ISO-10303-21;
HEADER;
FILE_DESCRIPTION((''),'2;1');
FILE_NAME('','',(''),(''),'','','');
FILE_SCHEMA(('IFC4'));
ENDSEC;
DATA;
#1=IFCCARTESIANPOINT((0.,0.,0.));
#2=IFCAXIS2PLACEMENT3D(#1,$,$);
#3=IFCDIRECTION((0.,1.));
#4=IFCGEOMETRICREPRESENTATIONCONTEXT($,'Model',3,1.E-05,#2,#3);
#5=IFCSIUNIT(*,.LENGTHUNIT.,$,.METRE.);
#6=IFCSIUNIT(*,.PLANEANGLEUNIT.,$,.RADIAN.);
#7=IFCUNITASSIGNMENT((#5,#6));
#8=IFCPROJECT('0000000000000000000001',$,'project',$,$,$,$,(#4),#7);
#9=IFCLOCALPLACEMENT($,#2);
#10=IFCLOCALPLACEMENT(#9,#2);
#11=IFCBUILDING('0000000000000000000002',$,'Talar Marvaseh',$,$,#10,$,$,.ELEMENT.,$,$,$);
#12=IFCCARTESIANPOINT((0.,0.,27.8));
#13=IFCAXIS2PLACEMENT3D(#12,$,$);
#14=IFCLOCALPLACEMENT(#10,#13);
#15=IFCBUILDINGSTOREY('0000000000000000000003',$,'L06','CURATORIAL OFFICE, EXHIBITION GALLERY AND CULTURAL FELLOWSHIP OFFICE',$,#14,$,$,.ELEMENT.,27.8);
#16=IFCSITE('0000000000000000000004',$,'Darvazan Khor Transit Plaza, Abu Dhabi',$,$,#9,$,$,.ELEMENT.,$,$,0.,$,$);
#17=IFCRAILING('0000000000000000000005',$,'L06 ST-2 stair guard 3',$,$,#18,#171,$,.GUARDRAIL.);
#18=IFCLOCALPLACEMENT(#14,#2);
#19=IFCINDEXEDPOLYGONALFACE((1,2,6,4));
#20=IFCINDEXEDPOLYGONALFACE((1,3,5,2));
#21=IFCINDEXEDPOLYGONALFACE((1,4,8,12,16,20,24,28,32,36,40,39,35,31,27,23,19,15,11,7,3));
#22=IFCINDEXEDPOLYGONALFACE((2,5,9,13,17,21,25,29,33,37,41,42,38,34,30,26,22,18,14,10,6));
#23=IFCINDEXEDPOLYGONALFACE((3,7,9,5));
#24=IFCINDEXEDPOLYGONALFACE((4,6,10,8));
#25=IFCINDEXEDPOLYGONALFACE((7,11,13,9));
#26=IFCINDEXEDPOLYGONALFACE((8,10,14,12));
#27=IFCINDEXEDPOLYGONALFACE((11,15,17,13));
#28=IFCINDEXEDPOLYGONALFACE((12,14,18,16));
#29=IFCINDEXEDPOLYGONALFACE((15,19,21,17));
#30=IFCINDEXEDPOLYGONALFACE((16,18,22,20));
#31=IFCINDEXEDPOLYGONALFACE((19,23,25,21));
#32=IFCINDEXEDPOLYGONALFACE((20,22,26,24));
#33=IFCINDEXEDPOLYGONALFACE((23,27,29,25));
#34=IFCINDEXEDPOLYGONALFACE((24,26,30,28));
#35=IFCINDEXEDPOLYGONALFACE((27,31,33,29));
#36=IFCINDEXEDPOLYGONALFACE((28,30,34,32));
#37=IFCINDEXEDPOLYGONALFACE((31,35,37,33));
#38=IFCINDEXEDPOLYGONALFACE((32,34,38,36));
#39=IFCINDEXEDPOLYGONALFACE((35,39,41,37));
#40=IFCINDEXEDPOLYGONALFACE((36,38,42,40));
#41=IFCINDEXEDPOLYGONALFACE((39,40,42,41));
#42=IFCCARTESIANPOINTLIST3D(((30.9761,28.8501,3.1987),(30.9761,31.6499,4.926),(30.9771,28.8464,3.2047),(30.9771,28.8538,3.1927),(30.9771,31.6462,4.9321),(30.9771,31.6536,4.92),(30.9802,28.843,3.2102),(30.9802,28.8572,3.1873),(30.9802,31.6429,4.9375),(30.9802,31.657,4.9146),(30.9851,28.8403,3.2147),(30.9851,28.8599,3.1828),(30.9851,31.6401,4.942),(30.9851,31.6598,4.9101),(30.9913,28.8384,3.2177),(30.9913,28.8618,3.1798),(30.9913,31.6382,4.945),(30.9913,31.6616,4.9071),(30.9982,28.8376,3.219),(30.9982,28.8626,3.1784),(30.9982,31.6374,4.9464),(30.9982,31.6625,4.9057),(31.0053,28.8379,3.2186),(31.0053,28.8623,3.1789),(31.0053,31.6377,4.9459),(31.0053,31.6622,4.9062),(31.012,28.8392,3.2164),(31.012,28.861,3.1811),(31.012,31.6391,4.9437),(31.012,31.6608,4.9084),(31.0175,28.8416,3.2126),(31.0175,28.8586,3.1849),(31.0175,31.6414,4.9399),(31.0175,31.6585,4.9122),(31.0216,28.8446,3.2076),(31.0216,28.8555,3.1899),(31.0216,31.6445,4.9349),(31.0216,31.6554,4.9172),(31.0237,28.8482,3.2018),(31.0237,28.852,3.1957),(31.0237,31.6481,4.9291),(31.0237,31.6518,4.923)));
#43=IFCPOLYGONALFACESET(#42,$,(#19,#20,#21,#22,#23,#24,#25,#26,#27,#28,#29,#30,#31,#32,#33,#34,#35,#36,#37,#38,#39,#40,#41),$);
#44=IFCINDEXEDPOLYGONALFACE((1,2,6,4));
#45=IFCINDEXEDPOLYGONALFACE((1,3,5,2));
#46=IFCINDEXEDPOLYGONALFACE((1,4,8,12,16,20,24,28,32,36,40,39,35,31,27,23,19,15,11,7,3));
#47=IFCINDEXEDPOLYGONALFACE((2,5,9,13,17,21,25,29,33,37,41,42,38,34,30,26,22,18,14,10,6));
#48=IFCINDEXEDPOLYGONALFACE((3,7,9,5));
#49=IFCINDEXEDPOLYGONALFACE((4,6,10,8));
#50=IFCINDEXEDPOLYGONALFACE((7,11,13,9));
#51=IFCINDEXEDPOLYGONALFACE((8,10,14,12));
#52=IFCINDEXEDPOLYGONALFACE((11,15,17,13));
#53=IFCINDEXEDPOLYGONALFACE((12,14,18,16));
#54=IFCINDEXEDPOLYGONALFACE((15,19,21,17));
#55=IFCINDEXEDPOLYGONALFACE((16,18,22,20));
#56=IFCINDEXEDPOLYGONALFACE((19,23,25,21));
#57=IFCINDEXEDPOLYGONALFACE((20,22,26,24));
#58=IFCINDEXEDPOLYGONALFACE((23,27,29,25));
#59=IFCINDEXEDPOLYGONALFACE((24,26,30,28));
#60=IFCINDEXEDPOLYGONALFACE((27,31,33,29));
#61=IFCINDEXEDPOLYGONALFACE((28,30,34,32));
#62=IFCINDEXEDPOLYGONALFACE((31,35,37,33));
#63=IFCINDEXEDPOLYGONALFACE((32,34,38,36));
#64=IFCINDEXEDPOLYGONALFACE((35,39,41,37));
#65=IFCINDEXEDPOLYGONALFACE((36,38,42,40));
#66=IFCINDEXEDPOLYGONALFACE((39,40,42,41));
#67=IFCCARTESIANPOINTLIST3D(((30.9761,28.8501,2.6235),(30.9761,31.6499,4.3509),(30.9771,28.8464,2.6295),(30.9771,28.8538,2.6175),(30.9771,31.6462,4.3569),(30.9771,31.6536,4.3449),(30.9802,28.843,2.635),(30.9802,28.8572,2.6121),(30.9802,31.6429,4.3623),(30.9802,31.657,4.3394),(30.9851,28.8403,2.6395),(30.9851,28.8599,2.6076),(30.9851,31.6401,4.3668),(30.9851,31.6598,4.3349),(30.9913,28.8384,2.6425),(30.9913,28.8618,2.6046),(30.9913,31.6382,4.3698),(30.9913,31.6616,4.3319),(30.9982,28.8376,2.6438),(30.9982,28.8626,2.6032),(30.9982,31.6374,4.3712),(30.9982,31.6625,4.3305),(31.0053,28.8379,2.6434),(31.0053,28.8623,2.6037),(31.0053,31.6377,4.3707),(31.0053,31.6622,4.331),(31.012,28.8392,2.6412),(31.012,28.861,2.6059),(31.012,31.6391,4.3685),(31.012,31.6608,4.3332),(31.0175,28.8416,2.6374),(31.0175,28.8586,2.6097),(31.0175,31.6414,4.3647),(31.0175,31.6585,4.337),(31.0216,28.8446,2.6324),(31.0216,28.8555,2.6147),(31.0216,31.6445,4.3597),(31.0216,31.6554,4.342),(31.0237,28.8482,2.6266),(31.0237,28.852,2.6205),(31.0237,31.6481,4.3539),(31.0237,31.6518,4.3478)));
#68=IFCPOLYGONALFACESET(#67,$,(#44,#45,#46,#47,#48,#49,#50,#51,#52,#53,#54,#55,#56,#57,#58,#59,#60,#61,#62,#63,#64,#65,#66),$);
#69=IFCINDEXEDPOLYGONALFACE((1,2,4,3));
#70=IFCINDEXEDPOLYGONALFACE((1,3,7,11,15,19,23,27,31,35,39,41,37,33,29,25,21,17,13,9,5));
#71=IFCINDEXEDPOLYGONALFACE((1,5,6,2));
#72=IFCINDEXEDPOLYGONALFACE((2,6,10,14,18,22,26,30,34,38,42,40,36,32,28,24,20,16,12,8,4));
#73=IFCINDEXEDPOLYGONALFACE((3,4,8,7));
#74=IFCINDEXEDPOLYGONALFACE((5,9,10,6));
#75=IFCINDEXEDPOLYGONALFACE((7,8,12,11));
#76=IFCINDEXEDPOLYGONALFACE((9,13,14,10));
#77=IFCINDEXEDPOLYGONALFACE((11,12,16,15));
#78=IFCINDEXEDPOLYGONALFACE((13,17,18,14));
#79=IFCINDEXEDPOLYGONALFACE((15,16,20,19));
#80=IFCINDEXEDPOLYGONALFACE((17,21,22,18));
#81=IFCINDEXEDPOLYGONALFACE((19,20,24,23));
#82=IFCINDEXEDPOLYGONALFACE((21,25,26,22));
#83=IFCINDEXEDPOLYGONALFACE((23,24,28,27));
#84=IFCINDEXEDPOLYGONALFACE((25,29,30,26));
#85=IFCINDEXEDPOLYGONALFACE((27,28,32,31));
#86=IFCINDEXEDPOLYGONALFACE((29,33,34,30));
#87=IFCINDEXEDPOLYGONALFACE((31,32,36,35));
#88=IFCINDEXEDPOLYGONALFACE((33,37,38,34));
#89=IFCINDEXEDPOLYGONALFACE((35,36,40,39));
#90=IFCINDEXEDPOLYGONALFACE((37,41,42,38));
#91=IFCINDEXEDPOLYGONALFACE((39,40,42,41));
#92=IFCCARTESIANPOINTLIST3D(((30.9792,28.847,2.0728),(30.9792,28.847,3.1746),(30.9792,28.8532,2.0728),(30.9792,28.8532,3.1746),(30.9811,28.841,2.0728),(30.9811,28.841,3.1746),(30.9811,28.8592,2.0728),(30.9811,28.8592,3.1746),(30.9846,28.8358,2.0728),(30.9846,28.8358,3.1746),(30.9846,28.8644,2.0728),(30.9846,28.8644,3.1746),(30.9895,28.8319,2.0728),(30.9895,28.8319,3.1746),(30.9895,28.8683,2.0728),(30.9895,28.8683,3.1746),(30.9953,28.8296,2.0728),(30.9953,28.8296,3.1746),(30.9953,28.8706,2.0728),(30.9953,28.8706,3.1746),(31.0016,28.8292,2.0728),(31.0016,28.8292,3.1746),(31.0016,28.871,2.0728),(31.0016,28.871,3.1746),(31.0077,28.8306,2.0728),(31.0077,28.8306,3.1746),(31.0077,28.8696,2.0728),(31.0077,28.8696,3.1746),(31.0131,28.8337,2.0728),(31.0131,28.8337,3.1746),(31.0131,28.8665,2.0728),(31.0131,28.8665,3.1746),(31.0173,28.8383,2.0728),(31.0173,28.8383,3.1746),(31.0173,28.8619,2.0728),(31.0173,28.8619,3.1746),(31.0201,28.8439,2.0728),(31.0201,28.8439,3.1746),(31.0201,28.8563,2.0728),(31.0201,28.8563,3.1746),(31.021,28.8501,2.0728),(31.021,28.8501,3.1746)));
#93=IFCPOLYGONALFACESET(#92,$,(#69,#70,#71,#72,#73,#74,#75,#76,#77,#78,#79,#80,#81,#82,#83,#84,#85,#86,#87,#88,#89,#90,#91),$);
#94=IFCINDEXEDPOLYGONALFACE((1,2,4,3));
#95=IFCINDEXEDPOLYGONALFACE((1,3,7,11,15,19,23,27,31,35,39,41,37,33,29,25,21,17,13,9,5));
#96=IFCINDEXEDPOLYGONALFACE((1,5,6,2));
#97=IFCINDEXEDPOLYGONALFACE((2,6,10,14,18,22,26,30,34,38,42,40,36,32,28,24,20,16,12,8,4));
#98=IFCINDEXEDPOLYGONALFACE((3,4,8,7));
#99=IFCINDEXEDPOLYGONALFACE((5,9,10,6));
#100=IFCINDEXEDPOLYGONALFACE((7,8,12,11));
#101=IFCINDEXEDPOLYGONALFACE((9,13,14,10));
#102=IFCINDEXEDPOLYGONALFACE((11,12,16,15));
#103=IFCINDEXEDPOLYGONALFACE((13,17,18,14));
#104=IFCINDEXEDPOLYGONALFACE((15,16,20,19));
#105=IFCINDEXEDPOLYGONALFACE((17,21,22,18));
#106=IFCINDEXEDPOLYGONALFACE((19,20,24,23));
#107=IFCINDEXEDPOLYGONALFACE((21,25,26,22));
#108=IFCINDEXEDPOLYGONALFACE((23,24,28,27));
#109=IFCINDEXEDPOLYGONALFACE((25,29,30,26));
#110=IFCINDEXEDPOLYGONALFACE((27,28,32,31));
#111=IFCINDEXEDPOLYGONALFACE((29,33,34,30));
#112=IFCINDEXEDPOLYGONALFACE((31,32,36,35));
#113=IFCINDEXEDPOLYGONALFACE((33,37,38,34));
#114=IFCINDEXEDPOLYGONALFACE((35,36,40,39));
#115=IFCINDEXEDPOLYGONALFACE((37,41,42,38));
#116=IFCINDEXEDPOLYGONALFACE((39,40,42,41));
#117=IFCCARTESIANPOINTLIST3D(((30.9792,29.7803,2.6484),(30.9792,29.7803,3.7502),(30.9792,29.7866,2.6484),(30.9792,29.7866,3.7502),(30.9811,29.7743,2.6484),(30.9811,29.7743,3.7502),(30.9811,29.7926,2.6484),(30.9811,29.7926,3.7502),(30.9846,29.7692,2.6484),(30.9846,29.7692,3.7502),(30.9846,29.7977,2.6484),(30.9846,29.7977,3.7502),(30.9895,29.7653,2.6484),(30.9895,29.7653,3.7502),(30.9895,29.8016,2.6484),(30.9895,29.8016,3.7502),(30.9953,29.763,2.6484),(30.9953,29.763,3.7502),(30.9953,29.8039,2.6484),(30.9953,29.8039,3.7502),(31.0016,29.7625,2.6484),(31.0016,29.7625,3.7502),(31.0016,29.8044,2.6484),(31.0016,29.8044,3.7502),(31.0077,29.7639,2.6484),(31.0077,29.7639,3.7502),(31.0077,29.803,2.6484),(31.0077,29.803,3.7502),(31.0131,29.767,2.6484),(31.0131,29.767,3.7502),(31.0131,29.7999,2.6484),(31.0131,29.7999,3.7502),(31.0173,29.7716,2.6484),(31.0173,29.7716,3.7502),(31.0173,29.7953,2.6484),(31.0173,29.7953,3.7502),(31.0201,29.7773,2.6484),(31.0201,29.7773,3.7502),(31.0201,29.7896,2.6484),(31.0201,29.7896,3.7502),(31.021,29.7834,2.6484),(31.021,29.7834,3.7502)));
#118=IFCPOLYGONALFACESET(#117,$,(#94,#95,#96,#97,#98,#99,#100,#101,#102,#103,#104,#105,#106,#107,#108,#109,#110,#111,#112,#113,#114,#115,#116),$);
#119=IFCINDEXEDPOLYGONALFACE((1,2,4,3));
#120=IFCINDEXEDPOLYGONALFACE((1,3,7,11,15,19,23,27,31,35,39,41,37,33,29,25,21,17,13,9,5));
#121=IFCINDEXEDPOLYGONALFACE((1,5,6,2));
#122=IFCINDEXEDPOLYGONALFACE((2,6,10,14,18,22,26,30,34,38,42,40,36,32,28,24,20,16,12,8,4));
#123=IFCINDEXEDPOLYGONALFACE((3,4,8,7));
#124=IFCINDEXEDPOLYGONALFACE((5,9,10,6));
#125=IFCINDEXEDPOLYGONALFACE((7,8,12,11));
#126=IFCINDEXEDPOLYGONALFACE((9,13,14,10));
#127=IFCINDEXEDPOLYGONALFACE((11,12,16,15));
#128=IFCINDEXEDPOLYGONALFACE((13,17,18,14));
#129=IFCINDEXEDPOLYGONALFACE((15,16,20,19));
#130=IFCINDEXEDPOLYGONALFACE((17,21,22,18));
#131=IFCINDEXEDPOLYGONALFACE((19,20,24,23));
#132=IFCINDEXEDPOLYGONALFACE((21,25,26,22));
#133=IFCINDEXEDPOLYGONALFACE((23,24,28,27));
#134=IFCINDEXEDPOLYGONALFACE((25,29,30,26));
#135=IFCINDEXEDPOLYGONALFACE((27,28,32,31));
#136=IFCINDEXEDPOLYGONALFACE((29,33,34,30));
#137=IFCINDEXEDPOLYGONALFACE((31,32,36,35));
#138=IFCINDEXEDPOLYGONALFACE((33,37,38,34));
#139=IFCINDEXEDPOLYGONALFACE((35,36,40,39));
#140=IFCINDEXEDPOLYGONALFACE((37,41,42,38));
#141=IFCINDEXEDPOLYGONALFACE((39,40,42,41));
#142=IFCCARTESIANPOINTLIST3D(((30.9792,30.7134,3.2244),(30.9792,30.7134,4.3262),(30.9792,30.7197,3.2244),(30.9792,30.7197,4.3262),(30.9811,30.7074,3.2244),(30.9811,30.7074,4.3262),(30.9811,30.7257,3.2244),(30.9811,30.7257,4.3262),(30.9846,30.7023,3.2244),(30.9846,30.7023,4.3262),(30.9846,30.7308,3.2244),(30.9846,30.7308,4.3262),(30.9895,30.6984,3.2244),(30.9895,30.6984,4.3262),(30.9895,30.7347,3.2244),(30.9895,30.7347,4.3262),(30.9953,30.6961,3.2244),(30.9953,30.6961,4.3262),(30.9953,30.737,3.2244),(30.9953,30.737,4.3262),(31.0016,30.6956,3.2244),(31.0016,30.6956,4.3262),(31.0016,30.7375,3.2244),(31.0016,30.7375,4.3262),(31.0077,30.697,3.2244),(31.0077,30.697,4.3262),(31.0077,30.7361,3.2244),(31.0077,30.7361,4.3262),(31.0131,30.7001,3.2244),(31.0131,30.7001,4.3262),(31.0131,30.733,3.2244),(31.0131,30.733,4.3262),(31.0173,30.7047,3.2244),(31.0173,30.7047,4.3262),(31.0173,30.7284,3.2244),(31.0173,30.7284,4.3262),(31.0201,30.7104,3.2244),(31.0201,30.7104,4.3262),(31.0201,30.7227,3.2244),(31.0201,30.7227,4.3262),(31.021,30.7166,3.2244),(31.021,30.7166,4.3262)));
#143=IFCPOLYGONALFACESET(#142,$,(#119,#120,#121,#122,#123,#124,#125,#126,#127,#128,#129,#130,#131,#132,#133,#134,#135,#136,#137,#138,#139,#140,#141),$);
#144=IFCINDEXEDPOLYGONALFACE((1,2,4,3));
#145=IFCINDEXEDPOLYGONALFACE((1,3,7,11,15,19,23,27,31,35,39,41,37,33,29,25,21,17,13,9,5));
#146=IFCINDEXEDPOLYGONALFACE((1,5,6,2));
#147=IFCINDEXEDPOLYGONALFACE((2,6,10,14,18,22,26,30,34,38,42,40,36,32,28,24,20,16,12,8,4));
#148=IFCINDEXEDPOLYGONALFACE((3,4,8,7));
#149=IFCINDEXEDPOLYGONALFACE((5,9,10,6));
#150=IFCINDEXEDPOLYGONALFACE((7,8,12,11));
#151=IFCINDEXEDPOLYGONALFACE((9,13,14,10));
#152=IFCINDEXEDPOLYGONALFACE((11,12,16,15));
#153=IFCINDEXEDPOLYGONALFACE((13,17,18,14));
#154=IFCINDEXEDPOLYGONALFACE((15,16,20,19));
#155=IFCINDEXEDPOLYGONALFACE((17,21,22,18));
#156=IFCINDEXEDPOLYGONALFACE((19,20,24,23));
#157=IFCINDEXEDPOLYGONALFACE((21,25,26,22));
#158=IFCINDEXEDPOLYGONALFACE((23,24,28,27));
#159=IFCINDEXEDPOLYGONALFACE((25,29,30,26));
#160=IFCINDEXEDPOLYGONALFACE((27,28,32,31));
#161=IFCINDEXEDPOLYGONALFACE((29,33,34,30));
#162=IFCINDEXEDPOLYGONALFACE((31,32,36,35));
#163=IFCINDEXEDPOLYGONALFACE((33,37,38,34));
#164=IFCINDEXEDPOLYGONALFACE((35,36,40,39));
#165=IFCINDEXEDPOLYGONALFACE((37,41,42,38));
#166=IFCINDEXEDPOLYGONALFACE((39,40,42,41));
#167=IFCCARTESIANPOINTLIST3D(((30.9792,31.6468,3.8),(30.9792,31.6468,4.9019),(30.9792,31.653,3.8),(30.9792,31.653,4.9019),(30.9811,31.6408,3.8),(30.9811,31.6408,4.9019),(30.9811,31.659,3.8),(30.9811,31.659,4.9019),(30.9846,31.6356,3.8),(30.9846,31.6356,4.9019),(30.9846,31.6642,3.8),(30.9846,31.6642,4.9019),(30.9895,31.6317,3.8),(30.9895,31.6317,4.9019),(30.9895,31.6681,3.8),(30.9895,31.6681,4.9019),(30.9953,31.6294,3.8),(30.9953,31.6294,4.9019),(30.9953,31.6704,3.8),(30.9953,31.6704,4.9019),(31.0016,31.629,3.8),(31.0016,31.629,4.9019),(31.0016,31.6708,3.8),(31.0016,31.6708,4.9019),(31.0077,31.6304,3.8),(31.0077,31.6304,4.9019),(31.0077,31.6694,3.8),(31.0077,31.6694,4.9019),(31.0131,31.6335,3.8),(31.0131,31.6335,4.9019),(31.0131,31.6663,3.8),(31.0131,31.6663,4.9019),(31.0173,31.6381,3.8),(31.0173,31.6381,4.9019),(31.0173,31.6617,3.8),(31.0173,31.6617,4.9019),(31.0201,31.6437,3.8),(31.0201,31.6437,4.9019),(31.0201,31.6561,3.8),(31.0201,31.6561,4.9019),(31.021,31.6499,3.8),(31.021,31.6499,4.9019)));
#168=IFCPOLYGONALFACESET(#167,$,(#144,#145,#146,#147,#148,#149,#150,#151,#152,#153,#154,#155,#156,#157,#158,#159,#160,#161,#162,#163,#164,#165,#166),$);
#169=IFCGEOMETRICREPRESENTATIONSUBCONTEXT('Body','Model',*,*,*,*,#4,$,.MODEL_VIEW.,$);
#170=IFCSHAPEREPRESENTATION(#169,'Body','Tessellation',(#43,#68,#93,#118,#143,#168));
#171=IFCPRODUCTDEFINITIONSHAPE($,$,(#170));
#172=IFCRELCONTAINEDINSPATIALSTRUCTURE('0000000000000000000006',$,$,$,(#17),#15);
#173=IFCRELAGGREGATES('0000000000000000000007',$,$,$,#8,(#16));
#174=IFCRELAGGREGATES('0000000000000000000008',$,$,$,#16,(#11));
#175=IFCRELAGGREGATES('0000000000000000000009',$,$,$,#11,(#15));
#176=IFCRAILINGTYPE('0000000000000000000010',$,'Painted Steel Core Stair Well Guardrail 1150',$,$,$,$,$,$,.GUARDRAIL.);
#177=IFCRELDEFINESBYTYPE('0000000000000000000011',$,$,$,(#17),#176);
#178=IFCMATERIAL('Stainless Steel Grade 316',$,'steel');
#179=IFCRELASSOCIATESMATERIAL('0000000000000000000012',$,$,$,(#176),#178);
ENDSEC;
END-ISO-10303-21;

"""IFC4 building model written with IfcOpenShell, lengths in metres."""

from ifc_helpers import new_model, si_unit, direction, frame, origin, origin_2d, place, context, subcontext, project, spatial, circle, extrude, material, type_object, element, save


model = new_model("IFC4")

# Units and contexts
model_context = context("Model", 3, precision=1e-05, world=origin(), true_north=direction((0.0, 1.0)))
body_context = subcontext(model_context, "Body", "Model", "MODEL_VIEW")
ifc_project = project(units=[si_unit("LENGTHUNIT", "METRE"), si_unit("PLANEANGLEUNIT", "RADIAN")], contexts=[model_context])

# Site, building, storey
site_placement = place(None, origin())
site = spatial("IfcSite", under=ifc_project, at=site_placement, Name="Darvazan Khor Transit Plaza, Abu Dhabi", CompositionType="ELEMENT", RefElevation=0.0)
building_placement = place(site_placement, origin())
building = spatial("IfcBuilding", under=site, at=building_placement, Name="Talar Marvaseh", CompositionType="ELEMENT")
storey_placement = place(building_placement, frame((0.0, 0.0, 27.8)))
storey = spatial("IfcBuildingStorey", under=building, at=storey_placement, Name="L06", Description="CURATORIAL OFFICE, EXHIBITION GALLERY AND CULTURAL FELLOWSHIP OFFICE", CompositionType="ELEMENT", Elevation=27.8)

# Railing
ifc_material_1 = material(Name="Stainless Steel Grade 316", Category="steel")
railing_type_1 = type_object("IfcRailingType", Name="Painted Steel Core Stair Well Guardrail 1150", PredefinedType="GUARDRAIL", material=ifc_material_1)
railing_1_placement = place(storey_placement, frame((31.0, 28.8501, 2.0728)))
element("IfcRailing", 1, at=railing_1_placement, inside=storey, type_object=railing_type_1, Name="L06 ST-2 stair guard 3", PredefinedType="GUARDRAIL", context=body_context, shape_type="SweptSolid", body=[
    extrude(circle(Radius=0.0239, at=origin_2d()), frame((0.0, 0.0, 1.126), z_axis=(0.0, 0.851069, 0.525054), x_axis=(-1.0, 0.0, 0.0)), (0.0, 0.0, 1.0), 3.2898),
    extrude(circle(Radius=0.0239, at=origin_2d()), frame((0.0, 0.0, 0.5508), z_axis=(0.0, 0.851069, 0.525054), x_axis=(-1.0, 0.0, 0.0)), (0.0, 0.0, 1.0), 3.2898),
    extrude(circle(Radius=0.021, at=origin_2d()), origin(), (0.0, 0.0, 1.0), 1.1018),
    extrude(circle(Radius=0.021, at=origin_2d()), frame((0.0, 0.9333, 0.5757)), (0.0, 0.0, 1.0), 1.1018),
    extrude(circle(Radius=0.021, at=origin_2d()), frame((0.0, 1.8665, 1.1516)), (0.0, 0.0, 1.0), 1.1018),
    extrude(circle(Radius=0.021, at=origin_2d()), frame((0.0, 2.7998, 1.7273)), (0.0, 0.0, 1.0), 1.1018),
])

save(model, "model.ifc")
